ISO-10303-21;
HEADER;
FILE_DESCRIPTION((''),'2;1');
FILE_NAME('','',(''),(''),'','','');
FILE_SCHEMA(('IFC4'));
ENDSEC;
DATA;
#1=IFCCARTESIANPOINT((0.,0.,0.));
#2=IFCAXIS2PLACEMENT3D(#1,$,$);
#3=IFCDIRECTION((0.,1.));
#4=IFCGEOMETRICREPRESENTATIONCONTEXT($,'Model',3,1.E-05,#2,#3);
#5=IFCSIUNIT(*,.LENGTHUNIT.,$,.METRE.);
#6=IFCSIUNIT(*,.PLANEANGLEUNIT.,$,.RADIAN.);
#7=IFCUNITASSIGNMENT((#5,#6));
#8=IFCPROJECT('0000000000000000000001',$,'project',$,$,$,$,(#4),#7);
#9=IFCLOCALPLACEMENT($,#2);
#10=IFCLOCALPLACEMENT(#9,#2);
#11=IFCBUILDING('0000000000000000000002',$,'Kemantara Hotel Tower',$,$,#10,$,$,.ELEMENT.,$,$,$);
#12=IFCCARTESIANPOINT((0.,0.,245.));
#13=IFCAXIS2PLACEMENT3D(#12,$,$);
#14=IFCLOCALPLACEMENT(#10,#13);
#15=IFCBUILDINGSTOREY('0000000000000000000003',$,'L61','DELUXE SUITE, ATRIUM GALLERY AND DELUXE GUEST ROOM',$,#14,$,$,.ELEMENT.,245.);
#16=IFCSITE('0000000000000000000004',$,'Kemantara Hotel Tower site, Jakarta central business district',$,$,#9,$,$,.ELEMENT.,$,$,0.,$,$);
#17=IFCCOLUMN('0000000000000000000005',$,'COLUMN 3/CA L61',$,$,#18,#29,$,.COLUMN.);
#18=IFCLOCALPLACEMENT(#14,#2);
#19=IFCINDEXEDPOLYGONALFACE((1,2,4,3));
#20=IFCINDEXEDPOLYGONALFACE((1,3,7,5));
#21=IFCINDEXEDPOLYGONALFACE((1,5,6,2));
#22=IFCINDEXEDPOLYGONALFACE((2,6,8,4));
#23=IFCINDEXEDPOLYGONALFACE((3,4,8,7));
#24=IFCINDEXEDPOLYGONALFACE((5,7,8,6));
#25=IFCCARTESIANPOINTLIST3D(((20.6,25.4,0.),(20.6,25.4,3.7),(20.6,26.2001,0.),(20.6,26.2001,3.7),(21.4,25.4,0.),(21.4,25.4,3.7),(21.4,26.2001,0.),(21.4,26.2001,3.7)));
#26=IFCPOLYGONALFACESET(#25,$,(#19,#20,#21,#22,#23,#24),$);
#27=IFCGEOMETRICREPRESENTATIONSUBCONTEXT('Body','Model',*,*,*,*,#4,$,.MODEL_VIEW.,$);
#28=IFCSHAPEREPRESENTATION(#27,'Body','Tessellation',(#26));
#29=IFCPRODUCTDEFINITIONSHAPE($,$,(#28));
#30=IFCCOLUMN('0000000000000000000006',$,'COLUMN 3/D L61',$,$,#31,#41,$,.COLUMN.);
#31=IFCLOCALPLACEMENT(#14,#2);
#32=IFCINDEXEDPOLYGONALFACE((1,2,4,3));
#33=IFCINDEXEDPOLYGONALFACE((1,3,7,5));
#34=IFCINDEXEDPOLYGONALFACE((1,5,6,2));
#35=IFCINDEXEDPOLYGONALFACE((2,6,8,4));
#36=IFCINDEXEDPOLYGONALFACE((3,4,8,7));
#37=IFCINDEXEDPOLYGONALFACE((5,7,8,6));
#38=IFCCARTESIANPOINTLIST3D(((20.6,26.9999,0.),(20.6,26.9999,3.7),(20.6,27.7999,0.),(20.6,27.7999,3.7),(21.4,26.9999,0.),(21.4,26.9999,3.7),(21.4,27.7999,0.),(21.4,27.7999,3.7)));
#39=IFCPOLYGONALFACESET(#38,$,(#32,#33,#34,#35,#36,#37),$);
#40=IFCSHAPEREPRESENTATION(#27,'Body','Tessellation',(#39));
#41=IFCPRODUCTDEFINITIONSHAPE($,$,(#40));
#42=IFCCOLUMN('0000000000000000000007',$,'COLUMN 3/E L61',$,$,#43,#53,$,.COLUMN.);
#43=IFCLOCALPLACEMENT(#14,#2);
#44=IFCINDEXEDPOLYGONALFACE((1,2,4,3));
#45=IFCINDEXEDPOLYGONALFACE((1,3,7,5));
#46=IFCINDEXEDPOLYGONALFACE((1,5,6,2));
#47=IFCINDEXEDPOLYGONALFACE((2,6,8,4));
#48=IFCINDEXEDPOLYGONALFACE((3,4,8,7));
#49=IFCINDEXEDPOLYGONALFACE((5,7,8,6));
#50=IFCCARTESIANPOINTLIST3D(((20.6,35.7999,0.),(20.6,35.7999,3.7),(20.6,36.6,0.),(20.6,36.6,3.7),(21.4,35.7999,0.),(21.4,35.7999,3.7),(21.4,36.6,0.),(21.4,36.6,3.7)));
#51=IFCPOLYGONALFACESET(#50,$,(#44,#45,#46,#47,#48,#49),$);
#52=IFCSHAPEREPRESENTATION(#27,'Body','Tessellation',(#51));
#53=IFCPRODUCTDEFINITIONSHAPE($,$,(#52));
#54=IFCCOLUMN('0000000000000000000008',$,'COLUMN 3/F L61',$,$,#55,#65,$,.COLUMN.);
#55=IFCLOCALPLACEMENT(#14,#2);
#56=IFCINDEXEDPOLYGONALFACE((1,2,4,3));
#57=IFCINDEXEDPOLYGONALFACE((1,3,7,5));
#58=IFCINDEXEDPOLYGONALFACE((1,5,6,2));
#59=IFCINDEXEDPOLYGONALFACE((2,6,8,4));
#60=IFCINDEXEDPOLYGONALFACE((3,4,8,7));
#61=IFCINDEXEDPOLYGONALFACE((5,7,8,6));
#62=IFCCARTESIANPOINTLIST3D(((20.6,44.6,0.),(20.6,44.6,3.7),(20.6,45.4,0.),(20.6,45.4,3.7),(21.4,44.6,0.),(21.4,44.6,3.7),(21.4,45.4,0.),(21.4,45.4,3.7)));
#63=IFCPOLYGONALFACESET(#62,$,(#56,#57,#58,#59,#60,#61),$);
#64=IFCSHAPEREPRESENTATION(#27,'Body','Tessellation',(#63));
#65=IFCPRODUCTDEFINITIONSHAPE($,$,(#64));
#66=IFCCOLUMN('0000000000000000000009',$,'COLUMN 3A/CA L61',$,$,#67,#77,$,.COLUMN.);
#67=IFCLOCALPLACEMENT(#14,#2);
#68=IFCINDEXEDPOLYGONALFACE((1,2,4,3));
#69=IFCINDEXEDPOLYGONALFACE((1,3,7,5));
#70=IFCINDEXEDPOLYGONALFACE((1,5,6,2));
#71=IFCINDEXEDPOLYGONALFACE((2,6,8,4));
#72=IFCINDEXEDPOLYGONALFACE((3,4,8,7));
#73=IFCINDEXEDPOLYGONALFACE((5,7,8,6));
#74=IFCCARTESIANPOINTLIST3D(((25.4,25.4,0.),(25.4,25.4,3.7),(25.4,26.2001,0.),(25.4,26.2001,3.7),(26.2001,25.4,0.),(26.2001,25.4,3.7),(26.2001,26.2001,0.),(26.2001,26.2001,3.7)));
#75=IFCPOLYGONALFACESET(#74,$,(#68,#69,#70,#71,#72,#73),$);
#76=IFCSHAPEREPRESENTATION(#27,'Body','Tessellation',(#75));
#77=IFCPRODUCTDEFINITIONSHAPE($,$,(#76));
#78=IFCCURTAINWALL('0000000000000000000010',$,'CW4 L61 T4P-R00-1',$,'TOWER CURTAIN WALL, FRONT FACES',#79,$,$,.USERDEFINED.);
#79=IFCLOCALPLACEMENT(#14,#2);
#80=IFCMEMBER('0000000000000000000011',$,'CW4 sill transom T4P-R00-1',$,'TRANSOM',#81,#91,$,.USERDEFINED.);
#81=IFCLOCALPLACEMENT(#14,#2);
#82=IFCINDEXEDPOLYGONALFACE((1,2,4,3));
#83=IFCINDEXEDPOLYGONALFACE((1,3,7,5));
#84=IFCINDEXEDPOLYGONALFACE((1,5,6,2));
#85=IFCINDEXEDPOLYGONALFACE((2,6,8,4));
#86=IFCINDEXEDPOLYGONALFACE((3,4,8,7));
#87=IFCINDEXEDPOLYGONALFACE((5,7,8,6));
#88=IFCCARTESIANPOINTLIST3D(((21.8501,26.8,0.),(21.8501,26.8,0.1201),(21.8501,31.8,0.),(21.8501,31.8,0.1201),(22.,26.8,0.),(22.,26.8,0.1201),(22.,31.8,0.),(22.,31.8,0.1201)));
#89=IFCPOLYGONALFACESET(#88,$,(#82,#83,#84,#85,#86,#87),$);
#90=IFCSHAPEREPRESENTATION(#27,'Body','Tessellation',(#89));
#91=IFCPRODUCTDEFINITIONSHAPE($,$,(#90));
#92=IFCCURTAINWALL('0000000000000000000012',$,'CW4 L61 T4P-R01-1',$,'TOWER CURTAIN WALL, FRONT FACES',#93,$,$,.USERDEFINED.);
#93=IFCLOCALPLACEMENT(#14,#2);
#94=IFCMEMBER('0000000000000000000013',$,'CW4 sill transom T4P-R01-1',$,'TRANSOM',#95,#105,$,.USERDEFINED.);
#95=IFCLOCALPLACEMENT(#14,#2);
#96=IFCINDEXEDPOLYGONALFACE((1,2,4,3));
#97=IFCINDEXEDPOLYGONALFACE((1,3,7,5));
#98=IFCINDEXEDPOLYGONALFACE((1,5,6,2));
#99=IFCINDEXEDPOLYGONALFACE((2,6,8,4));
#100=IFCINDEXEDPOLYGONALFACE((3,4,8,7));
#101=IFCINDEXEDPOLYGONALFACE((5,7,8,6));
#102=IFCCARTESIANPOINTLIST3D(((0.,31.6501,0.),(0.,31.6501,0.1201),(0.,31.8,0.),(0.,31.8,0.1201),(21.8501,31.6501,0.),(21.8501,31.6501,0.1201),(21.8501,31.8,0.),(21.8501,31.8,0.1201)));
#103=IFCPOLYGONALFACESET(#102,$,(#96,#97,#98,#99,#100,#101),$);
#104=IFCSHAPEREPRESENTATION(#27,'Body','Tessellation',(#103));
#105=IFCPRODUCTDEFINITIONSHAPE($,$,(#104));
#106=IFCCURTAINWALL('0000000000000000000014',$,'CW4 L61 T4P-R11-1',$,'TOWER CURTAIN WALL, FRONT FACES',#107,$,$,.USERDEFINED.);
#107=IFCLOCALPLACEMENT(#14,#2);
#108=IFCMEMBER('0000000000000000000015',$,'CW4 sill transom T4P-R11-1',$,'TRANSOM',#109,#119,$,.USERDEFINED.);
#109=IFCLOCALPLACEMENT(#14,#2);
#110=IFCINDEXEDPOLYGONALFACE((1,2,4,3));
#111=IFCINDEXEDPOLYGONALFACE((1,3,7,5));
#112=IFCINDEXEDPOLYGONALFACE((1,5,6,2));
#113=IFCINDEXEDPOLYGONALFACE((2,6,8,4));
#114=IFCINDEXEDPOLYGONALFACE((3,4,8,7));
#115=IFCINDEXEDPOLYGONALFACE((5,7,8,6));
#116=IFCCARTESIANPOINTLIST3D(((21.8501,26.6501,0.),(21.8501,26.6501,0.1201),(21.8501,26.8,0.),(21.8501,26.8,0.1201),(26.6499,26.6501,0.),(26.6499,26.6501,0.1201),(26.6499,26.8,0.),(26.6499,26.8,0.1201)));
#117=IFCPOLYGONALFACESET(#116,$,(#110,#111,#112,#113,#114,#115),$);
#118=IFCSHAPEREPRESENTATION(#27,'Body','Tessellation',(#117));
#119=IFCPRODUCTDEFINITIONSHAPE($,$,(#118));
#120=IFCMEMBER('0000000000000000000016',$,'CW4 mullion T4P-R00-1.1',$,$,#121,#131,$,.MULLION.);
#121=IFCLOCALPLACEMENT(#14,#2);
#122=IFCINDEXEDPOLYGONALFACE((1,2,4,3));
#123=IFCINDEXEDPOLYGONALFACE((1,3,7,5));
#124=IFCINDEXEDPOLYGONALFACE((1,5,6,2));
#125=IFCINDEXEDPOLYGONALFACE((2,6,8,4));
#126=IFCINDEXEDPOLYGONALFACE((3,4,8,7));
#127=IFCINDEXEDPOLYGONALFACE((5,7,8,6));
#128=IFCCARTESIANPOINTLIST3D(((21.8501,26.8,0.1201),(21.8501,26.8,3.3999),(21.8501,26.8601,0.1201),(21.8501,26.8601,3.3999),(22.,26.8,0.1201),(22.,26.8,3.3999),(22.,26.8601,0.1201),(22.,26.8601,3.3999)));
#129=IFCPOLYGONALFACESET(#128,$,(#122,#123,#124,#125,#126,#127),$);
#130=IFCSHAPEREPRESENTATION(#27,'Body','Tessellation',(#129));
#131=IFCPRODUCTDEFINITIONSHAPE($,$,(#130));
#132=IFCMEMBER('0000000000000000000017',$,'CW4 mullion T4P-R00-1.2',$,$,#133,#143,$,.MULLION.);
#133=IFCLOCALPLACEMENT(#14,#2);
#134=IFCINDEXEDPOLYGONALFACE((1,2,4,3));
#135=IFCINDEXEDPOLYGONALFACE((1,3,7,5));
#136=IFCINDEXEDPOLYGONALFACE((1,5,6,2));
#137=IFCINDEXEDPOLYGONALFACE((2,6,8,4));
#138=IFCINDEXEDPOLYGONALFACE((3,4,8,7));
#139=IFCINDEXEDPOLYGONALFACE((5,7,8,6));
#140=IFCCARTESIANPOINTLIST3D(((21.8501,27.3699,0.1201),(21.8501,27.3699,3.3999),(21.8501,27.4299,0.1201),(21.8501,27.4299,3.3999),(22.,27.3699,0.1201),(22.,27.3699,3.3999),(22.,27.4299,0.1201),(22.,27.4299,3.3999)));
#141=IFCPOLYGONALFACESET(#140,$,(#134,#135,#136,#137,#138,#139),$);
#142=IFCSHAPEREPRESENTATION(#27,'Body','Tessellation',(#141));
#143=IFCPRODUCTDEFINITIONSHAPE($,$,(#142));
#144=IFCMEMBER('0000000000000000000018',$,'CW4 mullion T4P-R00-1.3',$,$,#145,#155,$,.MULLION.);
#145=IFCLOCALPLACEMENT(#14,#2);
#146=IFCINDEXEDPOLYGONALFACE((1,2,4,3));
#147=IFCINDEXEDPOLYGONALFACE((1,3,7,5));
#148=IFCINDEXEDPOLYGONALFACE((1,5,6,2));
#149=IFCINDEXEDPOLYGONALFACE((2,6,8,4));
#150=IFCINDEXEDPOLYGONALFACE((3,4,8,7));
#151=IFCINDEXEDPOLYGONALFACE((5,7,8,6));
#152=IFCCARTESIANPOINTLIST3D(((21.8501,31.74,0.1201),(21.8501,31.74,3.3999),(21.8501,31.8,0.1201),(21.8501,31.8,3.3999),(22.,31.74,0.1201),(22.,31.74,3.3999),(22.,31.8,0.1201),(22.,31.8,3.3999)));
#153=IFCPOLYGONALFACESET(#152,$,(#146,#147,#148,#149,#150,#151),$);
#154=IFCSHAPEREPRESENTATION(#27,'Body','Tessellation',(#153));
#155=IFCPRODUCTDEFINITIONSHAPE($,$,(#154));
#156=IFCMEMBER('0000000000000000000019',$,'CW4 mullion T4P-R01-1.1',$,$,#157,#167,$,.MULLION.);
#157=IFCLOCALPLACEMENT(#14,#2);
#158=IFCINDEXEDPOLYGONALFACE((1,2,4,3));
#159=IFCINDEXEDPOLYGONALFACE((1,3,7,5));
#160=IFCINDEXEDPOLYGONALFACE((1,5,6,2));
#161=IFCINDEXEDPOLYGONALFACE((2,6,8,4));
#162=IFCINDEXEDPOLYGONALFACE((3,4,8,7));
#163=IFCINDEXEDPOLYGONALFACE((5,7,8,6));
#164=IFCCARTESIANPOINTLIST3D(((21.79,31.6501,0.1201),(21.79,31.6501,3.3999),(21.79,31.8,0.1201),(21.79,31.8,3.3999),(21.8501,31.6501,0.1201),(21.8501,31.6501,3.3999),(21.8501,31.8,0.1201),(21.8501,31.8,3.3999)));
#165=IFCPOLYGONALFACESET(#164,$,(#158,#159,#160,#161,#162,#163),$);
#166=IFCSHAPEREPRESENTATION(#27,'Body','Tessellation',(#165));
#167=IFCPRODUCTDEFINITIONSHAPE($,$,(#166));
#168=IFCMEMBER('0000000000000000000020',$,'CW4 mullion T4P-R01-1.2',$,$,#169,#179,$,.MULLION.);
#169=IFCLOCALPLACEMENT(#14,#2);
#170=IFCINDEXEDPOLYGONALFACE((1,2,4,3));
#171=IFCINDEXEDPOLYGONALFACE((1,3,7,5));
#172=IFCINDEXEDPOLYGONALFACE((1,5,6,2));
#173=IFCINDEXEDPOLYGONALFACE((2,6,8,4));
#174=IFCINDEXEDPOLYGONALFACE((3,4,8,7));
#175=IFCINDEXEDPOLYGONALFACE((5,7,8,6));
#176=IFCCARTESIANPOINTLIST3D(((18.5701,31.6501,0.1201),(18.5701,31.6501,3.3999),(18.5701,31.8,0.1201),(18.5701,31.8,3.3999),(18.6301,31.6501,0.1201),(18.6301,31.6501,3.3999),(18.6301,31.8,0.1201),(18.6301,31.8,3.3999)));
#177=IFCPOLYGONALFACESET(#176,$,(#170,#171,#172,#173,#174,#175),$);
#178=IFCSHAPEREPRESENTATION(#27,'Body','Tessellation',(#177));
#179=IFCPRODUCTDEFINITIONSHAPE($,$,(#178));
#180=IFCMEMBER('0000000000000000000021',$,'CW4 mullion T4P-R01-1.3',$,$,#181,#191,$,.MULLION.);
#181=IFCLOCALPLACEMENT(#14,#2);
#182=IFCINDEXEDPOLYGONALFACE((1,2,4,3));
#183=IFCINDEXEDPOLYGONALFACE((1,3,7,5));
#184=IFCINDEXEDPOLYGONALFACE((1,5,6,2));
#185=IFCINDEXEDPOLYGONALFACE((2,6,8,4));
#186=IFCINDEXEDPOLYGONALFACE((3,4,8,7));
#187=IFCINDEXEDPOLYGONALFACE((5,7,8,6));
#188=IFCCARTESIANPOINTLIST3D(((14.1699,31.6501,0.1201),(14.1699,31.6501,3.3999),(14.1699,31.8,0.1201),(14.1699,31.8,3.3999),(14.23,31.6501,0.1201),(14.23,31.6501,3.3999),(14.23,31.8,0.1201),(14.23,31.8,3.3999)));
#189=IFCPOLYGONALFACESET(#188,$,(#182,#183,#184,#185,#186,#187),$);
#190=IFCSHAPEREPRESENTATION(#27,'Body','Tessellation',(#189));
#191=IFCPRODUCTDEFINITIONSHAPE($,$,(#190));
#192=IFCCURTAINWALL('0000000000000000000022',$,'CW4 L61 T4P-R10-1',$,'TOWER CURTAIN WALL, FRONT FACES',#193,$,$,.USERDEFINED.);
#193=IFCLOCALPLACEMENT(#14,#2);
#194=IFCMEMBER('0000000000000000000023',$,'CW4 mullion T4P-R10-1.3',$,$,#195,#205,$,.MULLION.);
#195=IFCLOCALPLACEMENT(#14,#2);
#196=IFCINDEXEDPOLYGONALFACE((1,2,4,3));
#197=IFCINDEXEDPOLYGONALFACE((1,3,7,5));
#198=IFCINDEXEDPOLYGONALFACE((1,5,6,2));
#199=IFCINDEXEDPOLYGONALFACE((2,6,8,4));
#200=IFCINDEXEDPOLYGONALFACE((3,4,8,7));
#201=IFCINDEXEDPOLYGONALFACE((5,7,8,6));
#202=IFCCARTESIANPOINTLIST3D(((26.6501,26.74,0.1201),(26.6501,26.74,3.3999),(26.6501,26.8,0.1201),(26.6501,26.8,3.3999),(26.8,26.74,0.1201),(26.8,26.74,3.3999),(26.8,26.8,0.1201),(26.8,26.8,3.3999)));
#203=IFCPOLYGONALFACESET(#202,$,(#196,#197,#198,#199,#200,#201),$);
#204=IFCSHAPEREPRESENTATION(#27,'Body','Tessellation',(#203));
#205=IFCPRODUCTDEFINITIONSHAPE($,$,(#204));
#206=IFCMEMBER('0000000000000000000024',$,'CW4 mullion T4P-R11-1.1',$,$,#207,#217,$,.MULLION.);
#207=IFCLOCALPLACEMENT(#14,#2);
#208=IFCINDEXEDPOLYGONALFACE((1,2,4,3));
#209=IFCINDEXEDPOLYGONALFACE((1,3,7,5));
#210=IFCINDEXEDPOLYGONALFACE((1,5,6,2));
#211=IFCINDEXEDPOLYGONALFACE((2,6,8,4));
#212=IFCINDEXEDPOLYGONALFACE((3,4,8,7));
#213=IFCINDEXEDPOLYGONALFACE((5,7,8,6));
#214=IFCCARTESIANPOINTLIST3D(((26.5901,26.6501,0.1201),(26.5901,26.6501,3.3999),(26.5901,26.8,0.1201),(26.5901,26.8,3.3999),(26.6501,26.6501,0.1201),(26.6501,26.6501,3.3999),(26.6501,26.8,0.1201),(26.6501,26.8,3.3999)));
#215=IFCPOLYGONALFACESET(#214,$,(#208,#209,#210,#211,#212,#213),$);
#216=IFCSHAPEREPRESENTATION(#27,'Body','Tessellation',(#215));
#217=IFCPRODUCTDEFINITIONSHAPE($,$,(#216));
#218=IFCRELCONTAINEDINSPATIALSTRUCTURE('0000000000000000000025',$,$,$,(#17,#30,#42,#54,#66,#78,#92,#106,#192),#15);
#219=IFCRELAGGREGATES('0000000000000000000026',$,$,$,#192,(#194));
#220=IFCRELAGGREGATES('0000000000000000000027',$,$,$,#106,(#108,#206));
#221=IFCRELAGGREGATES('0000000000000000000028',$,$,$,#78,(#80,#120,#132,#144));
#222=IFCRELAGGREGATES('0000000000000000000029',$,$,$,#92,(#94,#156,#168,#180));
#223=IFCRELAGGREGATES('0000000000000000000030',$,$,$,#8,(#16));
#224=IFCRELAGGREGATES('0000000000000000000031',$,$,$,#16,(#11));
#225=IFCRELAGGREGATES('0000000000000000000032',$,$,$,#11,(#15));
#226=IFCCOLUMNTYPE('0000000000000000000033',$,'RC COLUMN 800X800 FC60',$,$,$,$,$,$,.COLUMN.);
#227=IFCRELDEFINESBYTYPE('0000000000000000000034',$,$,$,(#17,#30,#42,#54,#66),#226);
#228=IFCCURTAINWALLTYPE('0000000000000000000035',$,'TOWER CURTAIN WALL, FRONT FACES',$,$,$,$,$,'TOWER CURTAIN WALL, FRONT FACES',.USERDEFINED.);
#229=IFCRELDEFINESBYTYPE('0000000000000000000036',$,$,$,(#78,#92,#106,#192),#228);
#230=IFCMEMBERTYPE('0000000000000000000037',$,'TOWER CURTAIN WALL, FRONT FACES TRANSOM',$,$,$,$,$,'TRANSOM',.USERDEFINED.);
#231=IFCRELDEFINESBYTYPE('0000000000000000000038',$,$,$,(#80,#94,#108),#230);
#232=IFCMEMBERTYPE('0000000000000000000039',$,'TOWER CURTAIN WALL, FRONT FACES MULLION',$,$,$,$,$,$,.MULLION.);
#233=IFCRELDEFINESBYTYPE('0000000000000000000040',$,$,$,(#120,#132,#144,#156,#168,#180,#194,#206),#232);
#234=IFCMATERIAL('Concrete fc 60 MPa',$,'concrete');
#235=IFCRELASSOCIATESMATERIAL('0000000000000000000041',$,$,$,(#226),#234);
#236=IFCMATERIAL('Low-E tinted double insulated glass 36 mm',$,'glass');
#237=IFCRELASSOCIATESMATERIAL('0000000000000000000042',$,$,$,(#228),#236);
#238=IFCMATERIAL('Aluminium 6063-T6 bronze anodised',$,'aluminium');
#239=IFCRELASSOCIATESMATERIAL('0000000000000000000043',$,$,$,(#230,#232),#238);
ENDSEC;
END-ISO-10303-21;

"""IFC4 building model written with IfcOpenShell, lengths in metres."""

from ifc_helpers import new_model, si_unit, direction, frame, origin, origin_2d, place, context, subcontext, project, spatial, rectangle, extrude, source, transform, mapped, material, material_profile, profile_set, type_object, element, aggregate, save


model = new_model("IFC4")

# Units and contexts
model_context = context("Model", 3, precision=1e-05, world=origin(), true_north=direction((0.0, 1.0)))
body_context = subcontext(model_context, "Body", "Model", "MODEL_VIEW")
ifc_project = project(units=[si_unit("LENGTHUNIT", "METRE"), si_unit("PLANEANGLEUNIT", "RADIAN")], contexts=[model_context])

# Site, building, storey
site_placement = place(None, origin())
site = spatial("IfcSite", under=ifc_project, at=site_placement, Name="Kemantara Hotel Tower site, Jakarta central business district", CompositionType="ELEMENT", RefElevation=0.0)
building_placement = place(site_placement, origin())
building = spatial("IfcBuilding", under=site, at=building_placement, Name="Kemantara Hotel Tower", CompositionType="ELEMENT")
storey_placement = place(building_placement, frame((0.0, 0.0, 245.0)))
storey = spatial("IfcBuildingStorey", under=building, at=storey_placement, Name="L61", Description="DELUXE SUITE, ATRIUM GALLERY AND DELUXE GUEST ROOM", CompositionType="ELEMENT", Elevation=245.0)

# Columns
ifc_material_1 = material(Name="Concrete fc 60 MPa", Category="concrete")
ifc_material_profile_1 = material_profile(ifc_material_1, rectangle(XDim=0.8, YDim=0.8, at=origin_2d()), Name="RC 800X800")
ifc_profile_set_1 = profile_set([ifc_material_profile_1], Name="Concrete fc 60 MPa")
column_type = type_object("IfcColumnType", Name="RC COLUMN 800X800 FC60", PredefinedType="COLUMN", material=ifc_profile_set_1)
for number, where, z_axis, x_axis, name in (
    (1, (21.0, 25.8, 0.0), (0.0, 0.0, 1.0), (1.0, 0.0, 0.0), "COLUMN 3/CA L61"),
    (2, (21.0, 27.3999, 0.0), (0.0, 0.0, 1.0), (1.0, 0.0, 0.0), "COLUMN 3/D L61"),
    (3, (21.0, 36.2, 0.0), (0.0, 0.0, 1.0), (1.0, 0.0, 0.0), "COLUMN 3/E L61"),
    (4, (21.0, 45.0, 0.0), (0.0, 0.0, 1.0), (1.0, 0.0, 0.0), "COLUMN 3/F L61"),
    (5, (25.8, 25.8, 0.0), (0.0, 0.0, 1.0), (1.0, 0.0, 0.0), "COLUMN 3A/CA L61"),
):
    element("IfcColumn", number, at=place(storey_placement, frame(where, z_axis=z_axis, x_axis=x_axis)), inside=storey, type_object=column_type, Name=name, PredefinedType="COLUMN", context=body_context, shape_type="SweptSolid", body=[
        extrude(rectangle(XDim=0.8, YDim=0.8, at=origin_2d()), origin(), (0.0, 0.0, 1.0), 3.7),
    ])

# Curtain walls, members
ifc_material_2 = material(Name="Low-E tinted double insulated glass 36 mm", Category="glass")
curtain_wall_type = type_object("IfcCurtainWallType", Name="TOWER CURTAIN WALL, FRONT FACES", ElementType="TOWER CURTAIN WALL, FRONT FACES", PredefinedType="USERDEFINED", material=ifc_material_2)
curtain_wall_1_placement = place(storey_placement, origin())
curtain_wall_1 = element("IfcCurtainWall", 6, at=curtain_wall_1_placement, inside=storey, type_object=curtain_wall_type, Name="CW4 L61 T4P-R00-1", ObjectType="TOWER CURTAIN WALL, FRONT FACES", PredefinedType="USERDEFINED")
ifc_material_3 = material(Name="Aluminium 6063-T6 bronze anodised", Category="aluminium")
ifc_material_profile_2 = material_profile(ifc_material_3, rectangle(XDim=0.1499, YDim=0.1201, at=origin_2d()), Name="TOWER CURTAIN WALL, FRONT FACES TRANSOM")
ifc_profile_set_2 = profile_set([ifc_material_profile_2], Name="Aluminium 6063-T6 bronze anodised")
member_type_1 = type_object("IfcMemberType", Name="TOWER CURTAIN WALL, FRONT FACES TRANSOM", ElementType="TRANSOM", PredefinedType="USERDEFINED", material=ifc_profile_set_2)
member_1_placement = place(storey_placement, frame((21.925, 26.8, 0.0601), z_axis=(0.0, 1.0, 0.0), x_axis=(-1.0, 0.0, 0.0)))
member_1 = element("IfcMember", 7, at=member_1_placement, type_object=member_type_1, Name="CW4 sill transom T4P-R00-1", ObjectType="TRANSOM", PredefinedType="USERDEFINED", context=body_context, shape_type="SweptSolid", body=[
    extrude(rectangle(XDim=0.1499, YDim=0.1201, at=origin_2d()), origin(), (0.0, 0.0, 1.0), 5.0),
])
curtain_wall_2_placement = place(storey_placement, origin())
curtain_wall_2 = element("IfcCurtainWall", 8, at=curtain_wall_2_placement, inside=storey, type_object=curtain_wall_type, Name="CW4 L61 T4P-R01-1", ObjectType="TOWER CURTAIN WALL, FRONT FACES", PredefinedType="USERDEFINED")
member_2_placement = place(storey_placement, frame((21.8501, 31.7251, 0.0601), z_axis=(-1.0, 0.0, 0.0), x_axis=(0.0, -1.0, 0.0)))
member_2 = element("IfcMember", 9, at=member_2_placement, type_object=member_type_1, Name="CW4 sill transom T4P-R01-1", ObjectType="TRANSOM", PredefinedType="USERDEFINED", context=body_context, shape_type="SweptSolid", body=[
    extrude(rectangle(XDim=0.1499, YDim=0.1201, at=origin_2d()), origin(), (0.0, 0.0, 1.0), 21.8501),
])
curtain_wall_3_placement = place(storey_placement, origin())
curtain_wall_3 = element("IfcCurtainWall", 10, at=curtain_wall_3_placement, inside=storey, type_object=curtain_wall_type, Name="CW4 L61 T4P-R11-1", ObjectType="TOWER CURTAIN WALL, FRONT FACES", PredefinedType="USERDEFINED")
member_3_placement = place(storey_placement, frame((26.6499, 26.7251, 0.0601), z_axis=(-1.0, 0.0, 0.0), x_axis=(0.0, -1.0, 0.0)))
member_3 = element("IfcMember", 11, at=member_3_placement, type_object=member_type_1, Name="CW4 sill transom T4P-R11-1", ObjectType="TRANSOM", PredefinedType="USERDEFINED", context=body_context, shape_type="SweptSolid", body=[
    extrude(rectangle(XDim=0.1499, YDim=0.1201, at=origin_2d()), origin(), (0.0, 0.0, 1.0), 4.7998),
])

# Members
ifc_material_profile_3 = material_profile(ifc_material_3, rectangle(XDim=0.1499, YDim=0.0601, at=origin_2d()), Name="TOWER CURTAIN WALL, FRONT FACES MULLION")
ifc_profile_set_3 = profile_set([ifc_material_profile_3], Name="Aluminium 6063-T6 bronze anodised")
member_type_2 = type_object("IfcMemberType", Name="TOWER CURTAIN WALL, FRONT FACES MULLION", PredefinedType="MULLION", material=ifc_profile_set_3)
shared_shape_1 = source(origin(), body_context, "Body", "SweptSolid", [
    extrude(rectangle(XDim=0.1499, YDim=0.0601, at=origin_2d()), origin(), (0.0, 0.0, 1.0), 3.2798),
])
member_4_placement = place(storey_placement, frame((21.925, 26.8301, 0.1201), z_axis=(0.0, 0.0, 1.0), x_axis=(-1.0, 0.0, 0.0)))
member_4 = element("IfcMember", 12, at=member_4_placement, type_object=member_type_2, Name="CW4 mullion T4P-R00-1.1", PredefinedType="MULLION", context=body_context, shape_type="MappedRepresentation", body=[
    mapped(shared_shape_1, transform((0.0, 0.0, 0.0))),
])
member_5_placement = place(storey_placement, frame((21.925, 27.3999, 0.1201), z_axis=(0.0, 0.0, 1.0), x_axis=(-1.0, 0.0, 0.0)))
member_5 = element("IfcMember", 13, at=member_5_placement, type_object=member_type_2, Name="CW4 mullion T4P-R00-1.2", PredefinedType="MULLION", context=body_context, shape_type="MappedRepresentation", body=[
    mapped(shared_shape_1, transform((0.0, 0.0, 0.0))),
])
member_6_placement = place(storey_placement, frame((21.925, 31.77, 0.1201), z_axis=(0.0, 0.0, 1.0), x_axis=(-1.0, 0.0, 0.0)))
member_6 = element("IfcMember", 14, at=member_6_placement, type_object=member_type_2, Name="CW4 mullion T4P-R00-1.3", PredefinedType="MULLION", context=body_context, shape_type="MappedRepresentation", body=[
    mapped(shared_shape_1, transform((0.0, 0.0, 0.0))),
])
member_7_placement = place(storey_placement, frame((21.8201, 31.7251, 0.1201), z_axis=(0.0, 0.0, 1.0), x_axis=(0.0, -1.0, 0.0)))
member_7 = element("IfcMember", 15, at=member_7_placement, type_object=member_type_2, Name="CW4 mullion T4P-R01-1.1", PredefinedType="MULLION", context=body_context, shape_type="MappedRepresentation", body=[
    mapped(shared_shape_1, transform((0.0, 0.0, 0.0))),
])
member_8_placement = place(storey_placement, frame((18.6001, 31.7251, 0.1201), z_axis=(0.0, 0.0, 1.0), x_axis=(0.0, -1.0, 0.0)))
member_8 = element("IfcMember", 16, at=member_8_placement, type_object=member_type_2, Name="CW4 mullion T4P-R01-1.2", PredefinedType="MULLION", context=body_context, shape_type="MappedRepresentation", body=[
    mapped(shared_shape_1, transform((0.0, 0.0, 0.0))),
])
member_9_placement = place(storey_placement, frame((14.2, 31.7251, 0.1201), z_axis=(0.0, 0.0, 1.0), x_axis=(0.0, -1.0, 0.0)))
member_9 = element("IfcMember", 17, at=member_9_placement, type_object=member_type_2, Name="CW4 mullion T4P-R01-1.3", PredefinedType="MULLION", context=body_context, shape_type="MappedRepresentation", body=[
    mapped(shared_shape_1, transform((0.0, 0.0, 0.0))),
])

# Curtain wall, member
curtain_wall_4_placement = place(storey_placement, origin())
curtain_wall_4 = element("IfcCurtainWall", 18, at=curtain_wall_4_placement, inside=storey, type_object=curtain_wall_type, Name="CW4 L61 T4P-R10-1", ObjectType="TOWER CURTAIN WALL, FRONT FACES", PredefinedType="USERDEFINED")
member_10_placement = place(storey_placement, frame((26.7251, 26.77, 0.1201), z_axis=(0.0, 0.0, 1.0), x_axis=(-1.0, 0.0, 0.0)))
member_10 = element("IfcMember", 19, at=member_10_placement, type_object=member_type_2, Name="CW4 mullion T4P-R10-1.3", PredefinedType="MULLION", context=body_context, shape_type="MappedRepresentation", body=[
    mapped(shared_shape_1, transform((0.0, 0.0, 0.0))),
])

# Member
member_11_placement = place(storey_placement, frame((26.6201, 26.7251, 0.1201), z_axis=(0.0, 0.0, 1.0), x_axis=(0.0, -1.0, 0.0)))
member_11 = element("IfcMember", 20, at=member_11_placement, type_object=member_type_2, Name="CW4 mullion T4P-R11-1.1", PredefinedType="MULLION", context=body_context, shape_type="MappedRepresentation", body=[
    mapped(shared_shape_1, transform((0.0, 0.0, 0.0))),
])

aggregate(curtain_wall_4, [member_10])
aggregate(curtain_wall_3, [member_3, member_11])
aggregate(curtain_wall_1, [member_1, member_4, member_5, member_6])
aggregate(curtain_wall_2, [member_2, member_7, member_8, member_9])

save(model, "model.ifc")
